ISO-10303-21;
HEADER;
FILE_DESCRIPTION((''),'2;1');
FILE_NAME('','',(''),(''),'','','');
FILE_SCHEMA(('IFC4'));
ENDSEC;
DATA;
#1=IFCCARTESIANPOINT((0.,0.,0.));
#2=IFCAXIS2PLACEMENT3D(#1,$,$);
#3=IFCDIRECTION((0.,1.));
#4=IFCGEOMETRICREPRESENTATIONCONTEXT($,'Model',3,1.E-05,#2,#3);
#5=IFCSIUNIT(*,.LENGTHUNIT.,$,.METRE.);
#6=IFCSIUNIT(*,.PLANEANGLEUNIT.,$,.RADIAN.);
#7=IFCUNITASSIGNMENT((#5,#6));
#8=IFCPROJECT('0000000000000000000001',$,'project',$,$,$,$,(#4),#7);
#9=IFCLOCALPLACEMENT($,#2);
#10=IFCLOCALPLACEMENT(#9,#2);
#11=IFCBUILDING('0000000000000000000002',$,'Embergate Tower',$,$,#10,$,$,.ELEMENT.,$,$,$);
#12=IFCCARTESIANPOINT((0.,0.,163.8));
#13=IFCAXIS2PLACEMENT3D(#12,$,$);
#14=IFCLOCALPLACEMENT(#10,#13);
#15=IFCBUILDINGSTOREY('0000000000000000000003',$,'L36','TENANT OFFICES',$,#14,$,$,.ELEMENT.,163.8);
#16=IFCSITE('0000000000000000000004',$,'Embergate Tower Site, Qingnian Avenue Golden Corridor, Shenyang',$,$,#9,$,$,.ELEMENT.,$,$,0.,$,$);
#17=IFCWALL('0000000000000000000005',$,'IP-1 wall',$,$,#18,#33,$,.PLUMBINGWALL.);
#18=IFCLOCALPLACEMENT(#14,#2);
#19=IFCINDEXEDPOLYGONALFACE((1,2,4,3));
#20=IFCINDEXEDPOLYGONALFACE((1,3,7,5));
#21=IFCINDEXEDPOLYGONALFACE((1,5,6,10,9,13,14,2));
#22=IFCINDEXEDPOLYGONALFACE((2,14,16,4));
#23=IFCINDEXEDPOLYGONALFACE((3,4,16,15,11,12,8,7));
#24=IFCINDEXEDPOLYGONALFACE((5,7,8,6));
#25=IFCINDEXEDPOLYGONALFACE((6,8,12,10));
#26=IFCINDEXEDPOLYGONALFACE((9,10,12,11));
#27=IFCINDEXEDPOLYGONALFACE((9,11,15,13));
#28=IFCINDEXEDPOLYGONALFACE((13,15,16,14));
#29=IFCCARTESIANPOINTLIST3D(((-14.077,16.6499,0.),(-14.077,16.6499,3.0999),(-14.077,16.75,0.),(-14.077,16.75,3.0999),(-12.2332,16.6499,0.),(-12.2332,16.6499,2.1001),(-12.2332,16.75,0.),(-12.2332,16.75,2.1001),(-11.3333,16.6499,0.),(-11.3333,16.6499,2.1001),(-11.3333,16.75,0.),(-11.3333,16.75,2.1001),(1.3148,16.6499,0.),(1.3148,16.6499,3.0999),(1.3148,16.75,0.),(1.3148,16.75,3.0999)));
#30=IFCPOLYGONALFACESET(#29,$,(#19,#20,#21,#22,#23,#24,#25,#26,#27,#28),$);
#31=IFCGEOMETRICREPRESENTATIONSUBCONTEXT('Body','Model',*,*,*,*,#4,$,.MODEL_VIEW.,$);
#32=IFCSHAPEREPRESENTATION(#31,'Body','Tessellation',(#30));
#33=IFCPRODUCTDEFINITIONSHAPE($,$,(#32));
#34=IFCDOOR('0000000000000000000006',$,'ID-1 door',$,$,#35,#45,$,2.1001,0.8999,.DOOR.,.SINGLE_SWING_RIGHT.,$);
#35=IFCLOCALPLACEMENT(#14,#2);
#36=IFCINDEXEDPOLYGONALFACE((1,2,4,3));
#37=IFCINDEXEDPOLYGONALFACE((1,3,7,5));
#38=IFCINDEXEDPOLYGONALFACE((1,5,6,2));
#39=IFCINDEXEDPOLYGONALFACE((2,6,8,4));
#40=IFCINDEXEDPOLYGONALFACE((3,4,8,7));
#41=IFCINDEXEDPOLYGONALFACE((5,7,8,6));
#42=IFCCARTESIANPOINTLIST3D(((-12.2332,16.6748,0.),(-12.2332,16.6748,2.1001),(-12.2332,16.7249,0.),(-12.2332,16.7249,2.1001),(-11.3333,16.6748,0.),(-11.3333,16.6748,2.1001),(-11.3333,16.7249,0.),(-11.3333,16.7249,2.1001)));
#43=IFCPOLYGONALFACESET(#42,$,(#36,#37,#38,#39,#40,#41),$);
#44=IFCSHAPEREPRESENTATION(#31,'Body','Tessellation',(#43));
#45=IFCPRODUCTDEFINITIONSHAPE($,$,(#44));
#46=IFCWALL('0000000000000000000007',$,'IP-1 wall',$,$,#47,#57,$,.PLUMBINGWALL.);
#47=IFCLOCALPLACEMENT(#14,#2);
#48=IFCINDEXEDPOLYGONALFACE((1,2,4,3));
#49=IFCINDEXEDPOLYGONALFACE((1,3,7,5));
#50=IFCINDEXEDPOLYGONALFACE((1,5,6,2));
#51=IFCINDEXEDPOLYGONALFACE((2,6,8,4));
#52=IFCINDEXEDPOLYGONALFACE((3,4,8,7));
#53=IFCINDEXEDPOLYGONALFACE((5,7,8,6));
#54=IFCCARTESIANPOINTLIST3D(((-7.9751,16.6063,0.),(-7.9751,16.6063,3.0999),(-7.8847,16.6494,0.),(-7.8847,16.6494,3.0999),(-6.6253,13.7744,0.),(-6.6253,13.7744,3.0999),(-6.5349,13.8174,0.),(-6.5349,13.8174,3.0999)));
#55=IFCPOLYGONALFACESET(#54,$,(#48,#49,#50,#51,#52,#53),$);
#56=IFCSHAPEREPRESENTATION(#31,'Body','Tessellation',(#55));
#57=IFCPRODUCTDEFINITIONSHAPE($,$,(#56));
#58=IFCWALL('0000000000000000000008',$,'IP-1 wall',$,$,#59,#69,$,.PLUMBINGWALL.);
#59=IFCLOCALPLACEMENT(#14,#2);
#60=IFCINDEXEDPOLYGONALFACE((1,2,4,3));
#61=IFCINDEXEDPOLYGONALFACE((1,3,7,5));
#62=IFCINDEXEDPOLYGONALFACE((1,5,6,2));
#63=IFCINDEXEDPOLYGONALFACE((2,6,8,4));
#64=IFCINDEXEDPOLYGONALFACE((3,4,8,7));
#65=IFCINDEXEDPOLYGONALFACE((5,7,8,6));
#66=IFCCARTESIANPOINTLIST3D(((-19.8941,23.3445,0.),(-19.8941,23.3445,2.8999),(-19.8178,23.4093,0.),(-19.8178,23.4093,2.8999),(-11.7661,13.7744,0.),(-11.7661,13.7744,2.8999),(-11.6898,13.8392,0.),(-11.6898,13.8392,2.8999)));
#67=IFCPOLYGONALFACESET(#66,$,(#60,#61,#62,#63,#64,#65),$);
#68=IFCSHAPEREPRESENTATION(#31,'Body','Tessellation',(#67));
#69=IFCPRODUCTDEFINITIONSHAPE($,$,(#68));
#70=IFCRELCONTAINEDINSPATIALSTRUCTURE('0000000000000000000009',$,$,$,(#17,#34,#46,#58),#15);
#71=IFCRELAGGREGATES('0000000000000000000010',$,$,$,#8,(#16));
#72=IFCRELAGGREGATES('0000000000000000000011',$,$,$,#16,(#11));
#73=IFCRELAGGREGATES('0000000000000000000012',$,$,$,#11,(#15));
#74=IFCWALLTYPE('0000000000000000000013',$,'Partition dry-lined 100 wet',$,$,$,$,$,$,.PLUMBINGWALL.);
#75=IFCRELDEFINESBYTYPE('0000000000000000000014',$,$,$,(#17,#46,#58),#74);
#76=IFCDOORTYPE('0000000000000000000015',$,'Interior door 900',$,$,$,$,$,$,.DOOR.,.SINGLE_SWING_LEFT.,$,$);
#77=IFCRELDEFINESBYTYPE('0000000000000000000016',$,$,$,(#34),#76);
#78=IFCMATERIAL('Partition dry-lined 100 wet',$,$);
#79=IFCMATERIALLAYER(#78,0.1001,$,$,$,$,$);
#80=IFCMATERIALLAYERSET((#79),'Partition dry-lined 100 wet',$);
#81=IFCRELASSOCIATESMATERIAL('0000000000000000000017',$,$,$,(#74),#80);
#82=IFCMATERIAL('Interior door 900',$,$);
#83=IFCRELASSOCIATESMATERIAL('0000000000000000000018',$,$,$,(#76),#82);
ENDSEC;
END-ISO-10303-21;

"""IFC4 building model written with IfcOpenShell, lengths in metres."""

from ifc_helpers import new_model, si_unit, direction, frame, frame_2d, origin, place, context, subcontext, project, spatial, rectangle, extrude, source, transform, mapped, material, layer, layer_set, type_object, element, fill, save


model = new_model("IFC4")

# Units and contexts
model_context = context("Model", 3, precision=1e-05, world=origin(), true_north=direction((0.0, 1.0)))
body_context = subcontext(model_context, "Body", "Model", "MODEL_VIEW")
ifc_project = project(units=[si_unit("LENGTHUNIT", "METRE"), si_unit("PLANEANGLEUNIT", "RADIAN")], contexts=[model_context])

# Site, building, storey
site_placement = place(None, origin())
site = spatial("IfcSite", under=ifc_project, at=site_placement, Name="Embergate Tower Site, Qingnian Avenue Golden Corridor, Shenyang", CompositionType="ELEMENT", RefElevation=0.0)
building_placement = place(site_placement, origin())
building = spatial("IfcBuilding", under=site, at=building_placement, Name="Embergate Tower", CompositionType="ELEMENT")
storey_placement = place(building_placement, frame((0.0, 0.0, 163.8)))
storey = spatial("IfcBuildingStorey", under=building, at=storey_placement, Name="L36", Description="TENANT OFFICES", CompositionType="ELEMENT", Elevation=163.8)

# Shared definitions
shared_shape_1 = source(origin(), body_context, "Body", "SweptSolid", [
    extrude(rectangle(XDim=0.8999, YDim=2.1001, at=frame_2d((0.45, 1.05))), frame((0.0, 0.0249, 0.0), z_axis=(0.0, -1.0, 0.0), x_axis=(1.0, 0.0, 0.0)), (0.0, 0.0, 1.0), 0.05),
])

# Shared definitions
ifc_material_1 = material(Name="Partition dry-lined 100 wet")
ifc_layer_1 = layer(ifc_material_1, 0.1001)
ifc_layer_set_1 = layer_set([ifc_layer_1], Name="Partition dry-lined 100 wet")
wall_type_1 = type_object("IfcWallType", Name="Partition dry-lined 100 wet", PredefinedType="PLUMBINGWALL", material=ifc_layer_set_1)

# Wall, opening, door
shared_shape_2 = source(origin(), body_context, "Body", "SweptSolid", [
    extrude(rectangle(XDim=15.3918, YDim=0.1001, at=frame_2d((7.6958, 0.0))), origin(), (0.0, 0.0, 1.0), 3.0999),
])
wall_1_placement = place(storey_placement, frame((-14.0769, 16.7, 0.0), z_axis=(0.0, 0.0, 1.0), x_axis=(1.0, 0.0, 0.0)))
wall_1 = element("IfcWall", 1, at=wall_1_placement, inside=storey, type_object=wall_type_1, Name="IP-1 wall", PredefinedType="PLUMBINGWALL", context=body_context, shape_type="MappedRepresentation", body=[
    mapped(shared_shape_2, transform((0.0, 0.0, 0.0))),
])
shared_shape_3 = source(origin(), body_context, "Body", "SweptSolid", [
    extrude(rectangle(XDim=0.8999, YDim=2.1001, at=frame_2d((0.45, 1.05))), frame((0.0, 0.0601, 0.0), z_axis=(0.0, -1.0, 0.0), x_axis=(1.0, 0.0, 0.0)), (0.0, 0.0, 1.0), 0.1201),
])
opening_1_placement = place(wall_1_placement, frame((1.8438, 0.0, 0.0)))
opening_1 = element("IfcOpeningElement", 2, at=opening_1_placement, cuts=wall_1, PredefinedType="OPENING", context=body_context, shape_type="MappedRepresentation", body=[
    mapped(shared_shape_3, transform((0.0, 0.0, 0.0))),
])
ifc_material_2 = material(Name="Interior door 900")
door_type_1 = type_object("IfcDoorType", Name="Interior door 900", OperationType="SINGLE_SWING_LEFT", PredefinedType="DOOR", material=ifc_material_2)
door_1_placement = place(opening_1_placement, origin())
door_1 = element("IfcDoor", 3, at=door_1_placement, inside=storey, type_object=door_type_1, Name="ID-1 door", OperationType="SINGLE_SWING_RIGHT", OverallHeight=2.1001, OverallWidth=0.8999, PredefinedType="DOOR", context=body_context, shape_type="MappedRepresentation", body=[
    mapped(shared_shape_1, transform((0.0, 0.0, 0.0))),
])
fill(opening_1, door_1)

# Walls
shared_shape_4 = source(origin(), body_context, "Body", "SweptSolid", [
    extrude(rectangle(XDim=3.1372, YDim=0.1001, at=frame_2d((1.5686, 0.0))), origin(), (0.0, 0.0, 1.0), 3.0999),
])
wall_2_placement = place(storey_placement, frame((-6.5801, 13.7959, 0.0), z_axis=(0.0, 0.0, 1.0), x_axis=(-0.430263, 0.902704, 0.0)))
element("IfcWall", 4, at=wall_2_placement, inside=storey, type_object=wall_type_1, Name="IP-1 wall", PredefinedType="PLUMBINGWALL", context=body_context, shape_type="MappedRepresentation", body=[
    mapped(shared_shape_4, transform((0.0, 0.0, 0.0))),
])
shared_shape_5 = source(origin(), body_context, "Body", "SweptSolid", [
    extrude(rectangle(XDim=12.5559, YDim=0.1001, at=frame_2d((6.2778, 0.0))), origin(), (0.0, 0.0, 1.0), 2.8999),
])
wall_3_placement = place(storey_placement, frame((-11.728, 13.8069, 0.0), z_axis=(0.0, 0.0, 1.0), x_axis=(-0.647342, 0.7622, 0.0)))
element("IfcWall", 5, at=wall_3_placement, inside=storey, type_object=wall_type_1, Name="IP-1 wall", PredefinedType="PLUMBINGWALL", context=body_context, shape_type="MappedRepresentation", body=[
    mapped(shared_shape_5, transform((0.0, 0.0, 0.0))),
])

save(model, "model.ifc")
